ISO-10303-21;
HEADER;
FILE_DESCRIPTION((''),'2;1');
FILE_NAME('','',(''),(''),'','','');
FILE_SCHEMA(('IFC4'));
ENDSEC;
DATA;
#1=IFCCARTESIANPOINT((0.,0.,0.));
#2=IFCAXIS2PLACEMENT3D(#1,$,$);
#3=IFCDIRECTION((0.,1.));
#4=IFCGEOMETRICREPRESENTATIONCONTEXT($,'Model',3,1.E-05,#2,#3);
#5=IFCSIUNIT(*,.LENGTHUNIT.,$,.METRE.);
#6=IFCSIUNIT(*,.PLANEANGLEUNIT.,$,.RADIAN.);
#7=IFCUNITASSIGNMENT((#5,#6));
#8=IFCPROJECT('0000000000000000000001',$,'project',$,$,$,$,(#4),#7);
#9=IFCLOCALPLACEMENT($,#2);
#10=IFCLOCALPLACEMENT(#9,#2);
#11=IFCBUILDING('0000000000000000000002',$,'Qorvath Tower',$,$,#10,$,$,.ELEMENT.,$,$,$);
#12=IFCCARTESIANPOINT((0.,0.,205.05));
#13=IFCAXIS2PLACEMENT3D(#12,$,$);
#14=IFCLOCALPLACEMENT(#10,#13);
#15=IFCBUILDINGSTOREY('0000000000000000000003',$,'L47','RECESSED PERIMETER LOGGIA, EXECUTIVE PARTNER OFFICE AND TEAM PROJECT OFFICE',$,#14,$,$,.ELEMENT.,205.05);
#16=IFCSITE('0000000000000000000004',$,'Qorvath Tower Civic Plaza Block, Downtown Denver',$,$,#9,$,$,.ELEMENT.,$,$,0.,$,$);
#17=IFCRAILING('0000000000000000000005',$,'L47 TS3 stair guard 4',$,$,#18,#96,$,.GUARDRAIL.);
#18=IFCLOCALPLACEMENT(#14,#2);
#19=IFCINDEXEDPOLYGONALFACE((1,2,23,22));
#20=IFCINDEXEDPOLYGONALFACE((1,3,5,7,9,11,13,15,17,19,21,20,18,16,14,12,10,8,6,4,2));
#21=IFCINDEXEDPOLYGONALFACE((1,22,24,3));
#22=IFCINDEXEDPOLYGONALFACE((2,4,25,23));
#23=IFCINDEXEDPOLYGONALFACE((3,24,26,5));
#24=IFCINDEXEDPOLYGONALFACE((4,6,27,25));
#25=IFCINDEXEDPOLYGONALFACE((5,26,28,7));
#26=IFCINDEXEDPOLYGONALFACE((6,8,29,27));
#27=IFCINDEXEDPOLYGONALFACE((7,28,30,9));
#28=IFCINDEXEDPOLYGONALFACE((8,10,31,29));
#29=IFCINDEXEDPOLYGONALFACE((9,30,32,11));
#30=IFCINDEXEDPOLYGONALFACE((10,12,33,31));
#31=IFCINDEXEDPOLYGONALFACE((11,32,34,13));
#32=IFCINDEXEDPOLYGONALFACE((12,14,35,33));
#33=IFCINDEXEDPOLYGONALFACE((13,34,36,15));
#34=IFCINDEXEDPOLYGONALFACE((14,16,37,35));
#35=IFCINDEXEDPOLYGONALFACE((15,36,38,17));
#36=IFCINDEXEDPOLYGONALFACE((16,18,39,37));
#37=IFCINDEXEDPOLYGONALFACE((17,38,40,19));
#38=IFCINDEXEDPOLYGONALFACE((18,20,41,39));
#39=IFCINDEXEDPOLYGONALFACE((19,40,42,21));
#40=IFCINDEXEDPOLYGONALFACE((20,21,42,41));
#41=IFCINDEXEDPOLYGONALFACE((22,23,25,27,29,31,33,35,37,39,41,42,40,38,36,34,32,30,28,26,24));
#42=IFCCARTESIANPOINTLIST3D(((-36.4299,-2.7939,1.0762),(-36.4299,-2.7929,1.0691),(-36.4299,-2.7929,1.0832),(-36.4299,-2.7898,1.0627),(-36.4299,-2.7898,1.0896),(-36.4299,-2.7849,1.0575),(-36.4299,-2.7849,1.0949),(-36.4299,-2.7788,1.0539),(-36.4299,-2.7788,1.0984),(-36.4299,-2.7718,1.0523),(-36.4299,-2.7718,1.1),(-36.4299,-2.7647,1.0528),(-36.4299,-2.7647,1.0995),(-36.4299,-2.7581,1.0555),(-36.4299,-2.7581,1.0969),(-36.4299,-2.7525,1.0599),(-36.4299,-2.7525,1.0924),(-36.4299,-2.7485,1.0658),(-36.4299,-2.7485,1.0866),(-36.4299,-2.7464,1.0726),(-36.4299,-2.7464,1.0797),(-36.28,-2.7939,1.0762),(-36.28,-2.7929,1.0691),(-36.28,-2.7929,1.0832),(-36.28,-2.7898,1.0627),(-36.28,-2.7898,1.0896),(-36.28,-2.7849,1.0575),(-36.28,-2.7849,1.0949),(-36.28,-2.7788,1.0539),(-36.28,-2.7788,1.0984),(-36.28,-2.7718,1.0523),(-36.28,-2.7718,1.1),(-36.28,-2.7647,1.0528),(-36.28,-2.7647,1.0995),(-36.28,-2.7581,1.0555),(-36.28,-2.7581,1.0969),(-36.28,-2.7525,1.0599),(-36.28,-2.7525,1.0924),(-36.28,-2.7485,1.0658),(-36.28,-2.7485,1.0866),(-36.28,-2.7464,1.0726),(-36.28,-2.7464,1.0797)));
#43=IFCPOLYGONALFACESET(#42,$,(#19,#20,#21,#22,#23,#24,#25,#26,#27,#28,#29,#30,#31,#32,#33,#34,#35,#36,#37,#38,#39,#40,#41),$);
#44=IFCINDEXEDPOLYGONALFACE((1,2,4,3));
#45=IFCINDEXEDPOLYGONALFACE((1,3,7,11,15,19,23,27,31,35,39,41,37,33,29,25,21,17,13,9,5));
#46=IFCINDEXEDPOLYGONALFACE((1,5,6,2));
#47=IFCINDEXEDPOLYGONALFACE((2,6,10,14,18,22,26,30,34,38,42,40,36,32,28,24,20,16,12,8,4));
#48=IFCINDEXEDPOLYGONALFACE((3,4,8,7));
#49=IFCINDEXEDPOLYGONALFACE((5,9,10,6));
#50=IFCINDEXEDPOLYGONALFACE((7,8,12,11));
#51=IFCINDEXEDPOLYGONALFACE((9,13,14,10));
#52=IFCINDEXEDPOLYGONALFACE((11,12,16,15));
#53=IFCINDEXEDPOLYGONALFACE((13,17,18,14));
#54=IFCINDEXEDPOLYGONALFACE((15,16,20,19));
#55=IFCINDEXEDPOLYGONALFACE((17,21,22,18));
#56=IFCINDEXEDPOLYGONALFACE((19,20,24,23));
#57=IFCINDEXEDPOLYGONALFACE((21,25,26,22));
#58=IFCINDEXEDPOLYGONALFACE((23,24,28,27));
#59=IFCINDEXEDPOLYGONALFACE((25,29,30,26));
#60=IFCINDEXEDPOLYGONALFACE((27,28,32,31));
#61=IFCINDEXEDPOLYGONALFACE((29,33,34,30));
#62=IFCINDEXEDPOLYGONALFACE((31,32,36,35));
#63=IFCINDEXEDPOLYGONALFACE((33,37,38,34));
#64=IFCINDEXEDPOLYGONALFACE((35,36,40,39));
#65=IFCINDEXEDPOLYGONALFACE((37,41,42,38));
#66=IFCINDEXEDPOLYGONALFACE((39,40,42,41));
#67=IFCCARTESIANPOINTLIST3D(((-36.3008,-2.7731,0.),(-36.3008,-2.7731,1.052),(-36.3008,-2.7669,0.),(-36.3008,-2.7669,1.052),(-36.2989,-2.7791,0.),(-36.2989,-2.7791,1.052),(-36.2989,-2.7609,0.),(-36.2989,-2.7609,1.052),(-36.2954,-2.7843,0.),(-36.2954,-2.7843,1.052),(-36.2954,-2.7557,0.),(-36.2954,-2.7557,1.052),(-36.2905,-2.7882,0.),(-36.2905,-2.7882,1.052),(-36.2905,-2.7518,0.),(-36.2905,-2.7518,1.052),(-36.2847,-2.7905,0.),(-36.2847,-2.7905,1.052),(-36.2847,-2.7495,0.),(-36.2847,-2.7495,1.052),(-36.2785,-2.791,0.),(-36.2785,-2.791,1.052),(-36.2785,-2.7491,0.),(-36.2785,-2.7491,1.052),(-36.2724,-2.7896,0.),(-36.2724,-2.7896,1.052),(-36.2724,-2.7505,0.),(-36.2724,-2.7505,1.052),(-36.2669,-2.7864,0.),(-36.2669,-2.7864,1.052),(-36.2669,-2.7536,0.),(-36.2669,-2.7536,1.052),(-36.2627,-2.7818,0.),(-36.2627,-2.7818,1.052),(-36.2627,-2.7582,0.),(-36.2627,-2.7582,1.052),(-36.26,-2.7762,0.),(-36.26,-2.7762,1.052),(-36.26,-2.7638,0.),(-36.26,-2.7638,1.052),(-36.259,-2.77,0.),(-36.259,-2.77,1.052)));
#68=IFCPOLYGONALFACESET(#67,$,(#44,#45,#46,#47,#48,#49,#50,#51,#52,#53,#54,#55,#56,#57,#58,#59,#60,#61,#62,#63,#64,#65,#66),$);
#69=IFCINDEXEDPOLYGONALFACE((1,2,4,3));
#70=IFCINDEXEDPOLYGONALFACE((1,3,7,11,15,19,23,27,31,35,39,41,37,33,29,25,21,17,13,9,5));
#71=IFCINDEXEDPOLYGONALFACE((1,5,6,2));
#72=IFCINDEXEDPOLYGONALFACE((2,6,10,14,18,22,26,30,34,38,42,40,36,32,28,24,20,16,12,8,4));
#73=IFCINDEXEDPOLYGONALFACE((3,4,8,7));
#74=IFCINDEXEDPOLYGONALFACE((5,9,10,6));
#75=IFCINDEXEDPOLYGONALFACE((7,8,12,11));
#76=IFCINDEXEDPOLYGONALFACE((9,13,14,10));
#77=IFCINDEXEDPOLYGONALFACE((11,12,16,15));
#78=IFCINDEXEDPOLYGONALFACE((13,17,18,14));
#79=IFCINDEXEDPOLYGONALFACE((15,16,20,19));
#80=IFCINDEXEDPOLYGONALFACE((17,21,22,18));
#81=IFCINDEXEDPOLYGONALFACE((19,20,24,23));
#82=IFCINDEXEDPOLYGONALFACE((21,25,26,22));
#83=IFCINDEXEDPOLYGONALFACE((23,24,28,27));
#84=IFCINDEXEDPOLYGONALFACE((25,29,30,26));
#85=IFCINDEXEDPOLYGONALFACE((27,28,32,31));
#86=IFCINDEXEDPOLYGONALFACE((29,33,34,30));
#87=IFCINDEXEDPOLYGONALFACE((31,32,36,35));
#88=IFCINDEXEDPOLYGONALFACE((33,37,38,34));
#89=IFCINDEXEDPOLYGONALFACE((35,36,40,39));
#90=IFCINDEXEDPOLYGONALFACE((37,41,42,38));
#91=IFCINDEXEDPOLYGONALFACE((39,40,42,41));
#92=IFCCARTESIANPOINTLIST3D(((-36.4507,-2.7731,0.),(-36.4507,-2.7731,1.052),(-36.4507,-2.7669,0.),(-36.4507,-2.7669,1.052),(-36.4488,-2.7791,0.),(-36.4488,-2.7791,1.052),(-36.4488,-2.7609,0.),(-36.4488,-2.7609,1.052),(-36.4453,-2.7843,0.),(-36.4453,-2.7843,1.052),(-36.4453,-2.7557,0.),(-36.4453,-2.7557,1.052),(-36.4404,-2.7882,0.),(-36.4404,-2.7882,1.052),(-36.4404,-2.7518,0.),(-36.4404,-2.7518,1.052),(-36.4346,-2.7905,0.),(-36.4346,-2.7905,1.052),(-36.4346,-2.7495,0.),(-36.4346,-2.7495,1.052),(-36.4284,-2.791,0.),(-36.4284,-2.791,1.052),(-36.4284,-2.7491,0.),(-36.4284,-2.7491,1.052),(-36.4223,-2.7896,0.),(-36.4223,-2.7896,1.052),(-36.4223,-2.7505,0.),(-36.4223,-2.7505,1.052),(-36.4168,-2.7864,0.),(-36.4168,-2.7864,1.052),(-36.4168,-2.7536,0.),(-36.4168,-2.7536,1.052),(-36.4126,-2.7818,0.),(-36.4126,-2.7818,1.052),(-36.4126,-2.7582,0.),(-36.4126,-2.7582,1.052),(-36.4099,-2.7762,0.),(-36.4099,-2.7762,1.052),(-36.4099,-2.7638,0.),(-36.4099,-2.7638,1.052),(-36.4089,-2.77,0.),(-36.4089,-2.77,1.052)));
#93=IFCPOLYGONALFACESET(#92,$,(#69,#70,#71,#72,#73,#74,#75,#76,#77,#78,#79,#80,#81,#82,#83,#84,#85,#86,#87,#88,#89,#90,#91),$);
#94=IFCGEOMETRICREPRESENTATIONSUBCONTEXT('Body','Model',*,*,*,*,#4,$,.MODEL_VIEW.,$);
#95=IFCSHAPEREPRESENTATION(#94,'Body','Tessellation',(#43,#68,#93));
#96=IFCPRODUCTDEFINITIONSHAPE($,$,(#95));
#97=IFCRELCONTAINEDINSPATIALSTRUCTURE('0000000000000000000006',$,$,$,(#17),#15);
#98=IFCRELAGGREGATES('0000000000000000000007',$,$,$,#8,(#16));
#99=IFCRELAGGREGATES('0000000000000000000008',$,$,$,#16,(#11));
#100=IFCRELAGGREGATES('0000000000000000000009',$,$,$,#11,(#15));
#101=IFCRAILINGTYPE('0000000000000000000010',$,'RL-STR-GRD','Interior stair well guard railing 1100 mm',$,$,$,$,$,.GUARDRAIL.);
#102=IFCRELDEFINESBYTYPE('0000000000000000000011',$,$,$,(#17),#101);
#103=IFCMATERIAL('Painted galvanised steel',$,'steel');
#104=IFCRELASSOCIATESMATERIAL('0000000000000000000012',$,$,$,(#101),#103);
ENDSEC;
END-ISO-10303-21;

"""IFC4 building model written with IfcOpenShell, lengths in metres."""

from ifc_helpers import new_model, si_unit, direction, frame, origin, origin_2d, place, context, subcontext, project, spatial, circle, extrude, material, type_object, element, save


model = new_model("IFC4")

# Units and contexts
model_context = context("Model", 3, precision=1e-05, world=origin(), true_north=direction((0.0, 1.0)))
body_context = subcontext(model_context, "Body", "Model", "MODEL_VIEW")
ifc_project = project(units=[si_unit("LENGTHUNIT", "METRE"), si_unit("PLANEANGLEUNIT", "RADIAN")], contexts=[model_context])

# Site, building, storey
site_placement = place(None, origin())
site = spatial("IfcSite", under=ifc_project, at=site_placement, Name="Qorvath Tower Civic Plaza Block, Downtown Denver", CompositionType="ELEMENT", RefElevation=0.0)
building_placement = place(site_placement, origin())
building = spatial("IfcBuilding", under=site, at=building_placement, Name="Qorvath Tower", CompositionType="ELEMENT")
storey_placement = place(building_placement, frame((0.0, 0.0, 205.05)))
storey = spatial("IfcBuildingStorey", under=building, at=storey_placement, Name="L47", Description="RECESSED PERIMETER LOGGIA, EXECUTIVE PARTNER OFFICE AND TEAM PROJECT OFFICE", CompositionType="ELEMENT", Elevation=205.05)

# Railing
ifc_material_1 = material(Name="Painted galvanised steel", Category="steel")
railing_type_1 = type_object("IfcRailingType", Name="RL-STR-GRD", Description="Interior stair well guard railing 1100 mm", PredefinedType="GUARDRAIL", material=ifc_material_1)
railing_1_placement = place(storey_placement, frame((-36.28, -2.77, 0.0)))
element("IfcRailing", 1, at=railing_1_placement, inside=storey, type_object=railing_type_1, Name="L47 TS3 stair guard 4", PredefinedType="GUARDRAIL", context=body_context, shape_type="SweptSolid", body=[
    extrude(circle(Radius=0.0239, at=origin_2d()), frame((0.0, 0.0, 1.0762), z_axis=(-1.0, 0.0, 0.0), x_axis=(0.0, -1.0, 0.0)), (0.0, 0.0, 1.0), 0.1499),
    extrude(circle(Radius=0.021, at=origin_2d()), origin(), (0.0, 0.0, 1.0), 1.052),
    extrude(circle(Radius=0.021, at=origin_2d()), frame((-0.1499, 0.0, 0.0)), (0.0, 0.0, 1.0), 1.052),
])

save(model, "model.ifc")
